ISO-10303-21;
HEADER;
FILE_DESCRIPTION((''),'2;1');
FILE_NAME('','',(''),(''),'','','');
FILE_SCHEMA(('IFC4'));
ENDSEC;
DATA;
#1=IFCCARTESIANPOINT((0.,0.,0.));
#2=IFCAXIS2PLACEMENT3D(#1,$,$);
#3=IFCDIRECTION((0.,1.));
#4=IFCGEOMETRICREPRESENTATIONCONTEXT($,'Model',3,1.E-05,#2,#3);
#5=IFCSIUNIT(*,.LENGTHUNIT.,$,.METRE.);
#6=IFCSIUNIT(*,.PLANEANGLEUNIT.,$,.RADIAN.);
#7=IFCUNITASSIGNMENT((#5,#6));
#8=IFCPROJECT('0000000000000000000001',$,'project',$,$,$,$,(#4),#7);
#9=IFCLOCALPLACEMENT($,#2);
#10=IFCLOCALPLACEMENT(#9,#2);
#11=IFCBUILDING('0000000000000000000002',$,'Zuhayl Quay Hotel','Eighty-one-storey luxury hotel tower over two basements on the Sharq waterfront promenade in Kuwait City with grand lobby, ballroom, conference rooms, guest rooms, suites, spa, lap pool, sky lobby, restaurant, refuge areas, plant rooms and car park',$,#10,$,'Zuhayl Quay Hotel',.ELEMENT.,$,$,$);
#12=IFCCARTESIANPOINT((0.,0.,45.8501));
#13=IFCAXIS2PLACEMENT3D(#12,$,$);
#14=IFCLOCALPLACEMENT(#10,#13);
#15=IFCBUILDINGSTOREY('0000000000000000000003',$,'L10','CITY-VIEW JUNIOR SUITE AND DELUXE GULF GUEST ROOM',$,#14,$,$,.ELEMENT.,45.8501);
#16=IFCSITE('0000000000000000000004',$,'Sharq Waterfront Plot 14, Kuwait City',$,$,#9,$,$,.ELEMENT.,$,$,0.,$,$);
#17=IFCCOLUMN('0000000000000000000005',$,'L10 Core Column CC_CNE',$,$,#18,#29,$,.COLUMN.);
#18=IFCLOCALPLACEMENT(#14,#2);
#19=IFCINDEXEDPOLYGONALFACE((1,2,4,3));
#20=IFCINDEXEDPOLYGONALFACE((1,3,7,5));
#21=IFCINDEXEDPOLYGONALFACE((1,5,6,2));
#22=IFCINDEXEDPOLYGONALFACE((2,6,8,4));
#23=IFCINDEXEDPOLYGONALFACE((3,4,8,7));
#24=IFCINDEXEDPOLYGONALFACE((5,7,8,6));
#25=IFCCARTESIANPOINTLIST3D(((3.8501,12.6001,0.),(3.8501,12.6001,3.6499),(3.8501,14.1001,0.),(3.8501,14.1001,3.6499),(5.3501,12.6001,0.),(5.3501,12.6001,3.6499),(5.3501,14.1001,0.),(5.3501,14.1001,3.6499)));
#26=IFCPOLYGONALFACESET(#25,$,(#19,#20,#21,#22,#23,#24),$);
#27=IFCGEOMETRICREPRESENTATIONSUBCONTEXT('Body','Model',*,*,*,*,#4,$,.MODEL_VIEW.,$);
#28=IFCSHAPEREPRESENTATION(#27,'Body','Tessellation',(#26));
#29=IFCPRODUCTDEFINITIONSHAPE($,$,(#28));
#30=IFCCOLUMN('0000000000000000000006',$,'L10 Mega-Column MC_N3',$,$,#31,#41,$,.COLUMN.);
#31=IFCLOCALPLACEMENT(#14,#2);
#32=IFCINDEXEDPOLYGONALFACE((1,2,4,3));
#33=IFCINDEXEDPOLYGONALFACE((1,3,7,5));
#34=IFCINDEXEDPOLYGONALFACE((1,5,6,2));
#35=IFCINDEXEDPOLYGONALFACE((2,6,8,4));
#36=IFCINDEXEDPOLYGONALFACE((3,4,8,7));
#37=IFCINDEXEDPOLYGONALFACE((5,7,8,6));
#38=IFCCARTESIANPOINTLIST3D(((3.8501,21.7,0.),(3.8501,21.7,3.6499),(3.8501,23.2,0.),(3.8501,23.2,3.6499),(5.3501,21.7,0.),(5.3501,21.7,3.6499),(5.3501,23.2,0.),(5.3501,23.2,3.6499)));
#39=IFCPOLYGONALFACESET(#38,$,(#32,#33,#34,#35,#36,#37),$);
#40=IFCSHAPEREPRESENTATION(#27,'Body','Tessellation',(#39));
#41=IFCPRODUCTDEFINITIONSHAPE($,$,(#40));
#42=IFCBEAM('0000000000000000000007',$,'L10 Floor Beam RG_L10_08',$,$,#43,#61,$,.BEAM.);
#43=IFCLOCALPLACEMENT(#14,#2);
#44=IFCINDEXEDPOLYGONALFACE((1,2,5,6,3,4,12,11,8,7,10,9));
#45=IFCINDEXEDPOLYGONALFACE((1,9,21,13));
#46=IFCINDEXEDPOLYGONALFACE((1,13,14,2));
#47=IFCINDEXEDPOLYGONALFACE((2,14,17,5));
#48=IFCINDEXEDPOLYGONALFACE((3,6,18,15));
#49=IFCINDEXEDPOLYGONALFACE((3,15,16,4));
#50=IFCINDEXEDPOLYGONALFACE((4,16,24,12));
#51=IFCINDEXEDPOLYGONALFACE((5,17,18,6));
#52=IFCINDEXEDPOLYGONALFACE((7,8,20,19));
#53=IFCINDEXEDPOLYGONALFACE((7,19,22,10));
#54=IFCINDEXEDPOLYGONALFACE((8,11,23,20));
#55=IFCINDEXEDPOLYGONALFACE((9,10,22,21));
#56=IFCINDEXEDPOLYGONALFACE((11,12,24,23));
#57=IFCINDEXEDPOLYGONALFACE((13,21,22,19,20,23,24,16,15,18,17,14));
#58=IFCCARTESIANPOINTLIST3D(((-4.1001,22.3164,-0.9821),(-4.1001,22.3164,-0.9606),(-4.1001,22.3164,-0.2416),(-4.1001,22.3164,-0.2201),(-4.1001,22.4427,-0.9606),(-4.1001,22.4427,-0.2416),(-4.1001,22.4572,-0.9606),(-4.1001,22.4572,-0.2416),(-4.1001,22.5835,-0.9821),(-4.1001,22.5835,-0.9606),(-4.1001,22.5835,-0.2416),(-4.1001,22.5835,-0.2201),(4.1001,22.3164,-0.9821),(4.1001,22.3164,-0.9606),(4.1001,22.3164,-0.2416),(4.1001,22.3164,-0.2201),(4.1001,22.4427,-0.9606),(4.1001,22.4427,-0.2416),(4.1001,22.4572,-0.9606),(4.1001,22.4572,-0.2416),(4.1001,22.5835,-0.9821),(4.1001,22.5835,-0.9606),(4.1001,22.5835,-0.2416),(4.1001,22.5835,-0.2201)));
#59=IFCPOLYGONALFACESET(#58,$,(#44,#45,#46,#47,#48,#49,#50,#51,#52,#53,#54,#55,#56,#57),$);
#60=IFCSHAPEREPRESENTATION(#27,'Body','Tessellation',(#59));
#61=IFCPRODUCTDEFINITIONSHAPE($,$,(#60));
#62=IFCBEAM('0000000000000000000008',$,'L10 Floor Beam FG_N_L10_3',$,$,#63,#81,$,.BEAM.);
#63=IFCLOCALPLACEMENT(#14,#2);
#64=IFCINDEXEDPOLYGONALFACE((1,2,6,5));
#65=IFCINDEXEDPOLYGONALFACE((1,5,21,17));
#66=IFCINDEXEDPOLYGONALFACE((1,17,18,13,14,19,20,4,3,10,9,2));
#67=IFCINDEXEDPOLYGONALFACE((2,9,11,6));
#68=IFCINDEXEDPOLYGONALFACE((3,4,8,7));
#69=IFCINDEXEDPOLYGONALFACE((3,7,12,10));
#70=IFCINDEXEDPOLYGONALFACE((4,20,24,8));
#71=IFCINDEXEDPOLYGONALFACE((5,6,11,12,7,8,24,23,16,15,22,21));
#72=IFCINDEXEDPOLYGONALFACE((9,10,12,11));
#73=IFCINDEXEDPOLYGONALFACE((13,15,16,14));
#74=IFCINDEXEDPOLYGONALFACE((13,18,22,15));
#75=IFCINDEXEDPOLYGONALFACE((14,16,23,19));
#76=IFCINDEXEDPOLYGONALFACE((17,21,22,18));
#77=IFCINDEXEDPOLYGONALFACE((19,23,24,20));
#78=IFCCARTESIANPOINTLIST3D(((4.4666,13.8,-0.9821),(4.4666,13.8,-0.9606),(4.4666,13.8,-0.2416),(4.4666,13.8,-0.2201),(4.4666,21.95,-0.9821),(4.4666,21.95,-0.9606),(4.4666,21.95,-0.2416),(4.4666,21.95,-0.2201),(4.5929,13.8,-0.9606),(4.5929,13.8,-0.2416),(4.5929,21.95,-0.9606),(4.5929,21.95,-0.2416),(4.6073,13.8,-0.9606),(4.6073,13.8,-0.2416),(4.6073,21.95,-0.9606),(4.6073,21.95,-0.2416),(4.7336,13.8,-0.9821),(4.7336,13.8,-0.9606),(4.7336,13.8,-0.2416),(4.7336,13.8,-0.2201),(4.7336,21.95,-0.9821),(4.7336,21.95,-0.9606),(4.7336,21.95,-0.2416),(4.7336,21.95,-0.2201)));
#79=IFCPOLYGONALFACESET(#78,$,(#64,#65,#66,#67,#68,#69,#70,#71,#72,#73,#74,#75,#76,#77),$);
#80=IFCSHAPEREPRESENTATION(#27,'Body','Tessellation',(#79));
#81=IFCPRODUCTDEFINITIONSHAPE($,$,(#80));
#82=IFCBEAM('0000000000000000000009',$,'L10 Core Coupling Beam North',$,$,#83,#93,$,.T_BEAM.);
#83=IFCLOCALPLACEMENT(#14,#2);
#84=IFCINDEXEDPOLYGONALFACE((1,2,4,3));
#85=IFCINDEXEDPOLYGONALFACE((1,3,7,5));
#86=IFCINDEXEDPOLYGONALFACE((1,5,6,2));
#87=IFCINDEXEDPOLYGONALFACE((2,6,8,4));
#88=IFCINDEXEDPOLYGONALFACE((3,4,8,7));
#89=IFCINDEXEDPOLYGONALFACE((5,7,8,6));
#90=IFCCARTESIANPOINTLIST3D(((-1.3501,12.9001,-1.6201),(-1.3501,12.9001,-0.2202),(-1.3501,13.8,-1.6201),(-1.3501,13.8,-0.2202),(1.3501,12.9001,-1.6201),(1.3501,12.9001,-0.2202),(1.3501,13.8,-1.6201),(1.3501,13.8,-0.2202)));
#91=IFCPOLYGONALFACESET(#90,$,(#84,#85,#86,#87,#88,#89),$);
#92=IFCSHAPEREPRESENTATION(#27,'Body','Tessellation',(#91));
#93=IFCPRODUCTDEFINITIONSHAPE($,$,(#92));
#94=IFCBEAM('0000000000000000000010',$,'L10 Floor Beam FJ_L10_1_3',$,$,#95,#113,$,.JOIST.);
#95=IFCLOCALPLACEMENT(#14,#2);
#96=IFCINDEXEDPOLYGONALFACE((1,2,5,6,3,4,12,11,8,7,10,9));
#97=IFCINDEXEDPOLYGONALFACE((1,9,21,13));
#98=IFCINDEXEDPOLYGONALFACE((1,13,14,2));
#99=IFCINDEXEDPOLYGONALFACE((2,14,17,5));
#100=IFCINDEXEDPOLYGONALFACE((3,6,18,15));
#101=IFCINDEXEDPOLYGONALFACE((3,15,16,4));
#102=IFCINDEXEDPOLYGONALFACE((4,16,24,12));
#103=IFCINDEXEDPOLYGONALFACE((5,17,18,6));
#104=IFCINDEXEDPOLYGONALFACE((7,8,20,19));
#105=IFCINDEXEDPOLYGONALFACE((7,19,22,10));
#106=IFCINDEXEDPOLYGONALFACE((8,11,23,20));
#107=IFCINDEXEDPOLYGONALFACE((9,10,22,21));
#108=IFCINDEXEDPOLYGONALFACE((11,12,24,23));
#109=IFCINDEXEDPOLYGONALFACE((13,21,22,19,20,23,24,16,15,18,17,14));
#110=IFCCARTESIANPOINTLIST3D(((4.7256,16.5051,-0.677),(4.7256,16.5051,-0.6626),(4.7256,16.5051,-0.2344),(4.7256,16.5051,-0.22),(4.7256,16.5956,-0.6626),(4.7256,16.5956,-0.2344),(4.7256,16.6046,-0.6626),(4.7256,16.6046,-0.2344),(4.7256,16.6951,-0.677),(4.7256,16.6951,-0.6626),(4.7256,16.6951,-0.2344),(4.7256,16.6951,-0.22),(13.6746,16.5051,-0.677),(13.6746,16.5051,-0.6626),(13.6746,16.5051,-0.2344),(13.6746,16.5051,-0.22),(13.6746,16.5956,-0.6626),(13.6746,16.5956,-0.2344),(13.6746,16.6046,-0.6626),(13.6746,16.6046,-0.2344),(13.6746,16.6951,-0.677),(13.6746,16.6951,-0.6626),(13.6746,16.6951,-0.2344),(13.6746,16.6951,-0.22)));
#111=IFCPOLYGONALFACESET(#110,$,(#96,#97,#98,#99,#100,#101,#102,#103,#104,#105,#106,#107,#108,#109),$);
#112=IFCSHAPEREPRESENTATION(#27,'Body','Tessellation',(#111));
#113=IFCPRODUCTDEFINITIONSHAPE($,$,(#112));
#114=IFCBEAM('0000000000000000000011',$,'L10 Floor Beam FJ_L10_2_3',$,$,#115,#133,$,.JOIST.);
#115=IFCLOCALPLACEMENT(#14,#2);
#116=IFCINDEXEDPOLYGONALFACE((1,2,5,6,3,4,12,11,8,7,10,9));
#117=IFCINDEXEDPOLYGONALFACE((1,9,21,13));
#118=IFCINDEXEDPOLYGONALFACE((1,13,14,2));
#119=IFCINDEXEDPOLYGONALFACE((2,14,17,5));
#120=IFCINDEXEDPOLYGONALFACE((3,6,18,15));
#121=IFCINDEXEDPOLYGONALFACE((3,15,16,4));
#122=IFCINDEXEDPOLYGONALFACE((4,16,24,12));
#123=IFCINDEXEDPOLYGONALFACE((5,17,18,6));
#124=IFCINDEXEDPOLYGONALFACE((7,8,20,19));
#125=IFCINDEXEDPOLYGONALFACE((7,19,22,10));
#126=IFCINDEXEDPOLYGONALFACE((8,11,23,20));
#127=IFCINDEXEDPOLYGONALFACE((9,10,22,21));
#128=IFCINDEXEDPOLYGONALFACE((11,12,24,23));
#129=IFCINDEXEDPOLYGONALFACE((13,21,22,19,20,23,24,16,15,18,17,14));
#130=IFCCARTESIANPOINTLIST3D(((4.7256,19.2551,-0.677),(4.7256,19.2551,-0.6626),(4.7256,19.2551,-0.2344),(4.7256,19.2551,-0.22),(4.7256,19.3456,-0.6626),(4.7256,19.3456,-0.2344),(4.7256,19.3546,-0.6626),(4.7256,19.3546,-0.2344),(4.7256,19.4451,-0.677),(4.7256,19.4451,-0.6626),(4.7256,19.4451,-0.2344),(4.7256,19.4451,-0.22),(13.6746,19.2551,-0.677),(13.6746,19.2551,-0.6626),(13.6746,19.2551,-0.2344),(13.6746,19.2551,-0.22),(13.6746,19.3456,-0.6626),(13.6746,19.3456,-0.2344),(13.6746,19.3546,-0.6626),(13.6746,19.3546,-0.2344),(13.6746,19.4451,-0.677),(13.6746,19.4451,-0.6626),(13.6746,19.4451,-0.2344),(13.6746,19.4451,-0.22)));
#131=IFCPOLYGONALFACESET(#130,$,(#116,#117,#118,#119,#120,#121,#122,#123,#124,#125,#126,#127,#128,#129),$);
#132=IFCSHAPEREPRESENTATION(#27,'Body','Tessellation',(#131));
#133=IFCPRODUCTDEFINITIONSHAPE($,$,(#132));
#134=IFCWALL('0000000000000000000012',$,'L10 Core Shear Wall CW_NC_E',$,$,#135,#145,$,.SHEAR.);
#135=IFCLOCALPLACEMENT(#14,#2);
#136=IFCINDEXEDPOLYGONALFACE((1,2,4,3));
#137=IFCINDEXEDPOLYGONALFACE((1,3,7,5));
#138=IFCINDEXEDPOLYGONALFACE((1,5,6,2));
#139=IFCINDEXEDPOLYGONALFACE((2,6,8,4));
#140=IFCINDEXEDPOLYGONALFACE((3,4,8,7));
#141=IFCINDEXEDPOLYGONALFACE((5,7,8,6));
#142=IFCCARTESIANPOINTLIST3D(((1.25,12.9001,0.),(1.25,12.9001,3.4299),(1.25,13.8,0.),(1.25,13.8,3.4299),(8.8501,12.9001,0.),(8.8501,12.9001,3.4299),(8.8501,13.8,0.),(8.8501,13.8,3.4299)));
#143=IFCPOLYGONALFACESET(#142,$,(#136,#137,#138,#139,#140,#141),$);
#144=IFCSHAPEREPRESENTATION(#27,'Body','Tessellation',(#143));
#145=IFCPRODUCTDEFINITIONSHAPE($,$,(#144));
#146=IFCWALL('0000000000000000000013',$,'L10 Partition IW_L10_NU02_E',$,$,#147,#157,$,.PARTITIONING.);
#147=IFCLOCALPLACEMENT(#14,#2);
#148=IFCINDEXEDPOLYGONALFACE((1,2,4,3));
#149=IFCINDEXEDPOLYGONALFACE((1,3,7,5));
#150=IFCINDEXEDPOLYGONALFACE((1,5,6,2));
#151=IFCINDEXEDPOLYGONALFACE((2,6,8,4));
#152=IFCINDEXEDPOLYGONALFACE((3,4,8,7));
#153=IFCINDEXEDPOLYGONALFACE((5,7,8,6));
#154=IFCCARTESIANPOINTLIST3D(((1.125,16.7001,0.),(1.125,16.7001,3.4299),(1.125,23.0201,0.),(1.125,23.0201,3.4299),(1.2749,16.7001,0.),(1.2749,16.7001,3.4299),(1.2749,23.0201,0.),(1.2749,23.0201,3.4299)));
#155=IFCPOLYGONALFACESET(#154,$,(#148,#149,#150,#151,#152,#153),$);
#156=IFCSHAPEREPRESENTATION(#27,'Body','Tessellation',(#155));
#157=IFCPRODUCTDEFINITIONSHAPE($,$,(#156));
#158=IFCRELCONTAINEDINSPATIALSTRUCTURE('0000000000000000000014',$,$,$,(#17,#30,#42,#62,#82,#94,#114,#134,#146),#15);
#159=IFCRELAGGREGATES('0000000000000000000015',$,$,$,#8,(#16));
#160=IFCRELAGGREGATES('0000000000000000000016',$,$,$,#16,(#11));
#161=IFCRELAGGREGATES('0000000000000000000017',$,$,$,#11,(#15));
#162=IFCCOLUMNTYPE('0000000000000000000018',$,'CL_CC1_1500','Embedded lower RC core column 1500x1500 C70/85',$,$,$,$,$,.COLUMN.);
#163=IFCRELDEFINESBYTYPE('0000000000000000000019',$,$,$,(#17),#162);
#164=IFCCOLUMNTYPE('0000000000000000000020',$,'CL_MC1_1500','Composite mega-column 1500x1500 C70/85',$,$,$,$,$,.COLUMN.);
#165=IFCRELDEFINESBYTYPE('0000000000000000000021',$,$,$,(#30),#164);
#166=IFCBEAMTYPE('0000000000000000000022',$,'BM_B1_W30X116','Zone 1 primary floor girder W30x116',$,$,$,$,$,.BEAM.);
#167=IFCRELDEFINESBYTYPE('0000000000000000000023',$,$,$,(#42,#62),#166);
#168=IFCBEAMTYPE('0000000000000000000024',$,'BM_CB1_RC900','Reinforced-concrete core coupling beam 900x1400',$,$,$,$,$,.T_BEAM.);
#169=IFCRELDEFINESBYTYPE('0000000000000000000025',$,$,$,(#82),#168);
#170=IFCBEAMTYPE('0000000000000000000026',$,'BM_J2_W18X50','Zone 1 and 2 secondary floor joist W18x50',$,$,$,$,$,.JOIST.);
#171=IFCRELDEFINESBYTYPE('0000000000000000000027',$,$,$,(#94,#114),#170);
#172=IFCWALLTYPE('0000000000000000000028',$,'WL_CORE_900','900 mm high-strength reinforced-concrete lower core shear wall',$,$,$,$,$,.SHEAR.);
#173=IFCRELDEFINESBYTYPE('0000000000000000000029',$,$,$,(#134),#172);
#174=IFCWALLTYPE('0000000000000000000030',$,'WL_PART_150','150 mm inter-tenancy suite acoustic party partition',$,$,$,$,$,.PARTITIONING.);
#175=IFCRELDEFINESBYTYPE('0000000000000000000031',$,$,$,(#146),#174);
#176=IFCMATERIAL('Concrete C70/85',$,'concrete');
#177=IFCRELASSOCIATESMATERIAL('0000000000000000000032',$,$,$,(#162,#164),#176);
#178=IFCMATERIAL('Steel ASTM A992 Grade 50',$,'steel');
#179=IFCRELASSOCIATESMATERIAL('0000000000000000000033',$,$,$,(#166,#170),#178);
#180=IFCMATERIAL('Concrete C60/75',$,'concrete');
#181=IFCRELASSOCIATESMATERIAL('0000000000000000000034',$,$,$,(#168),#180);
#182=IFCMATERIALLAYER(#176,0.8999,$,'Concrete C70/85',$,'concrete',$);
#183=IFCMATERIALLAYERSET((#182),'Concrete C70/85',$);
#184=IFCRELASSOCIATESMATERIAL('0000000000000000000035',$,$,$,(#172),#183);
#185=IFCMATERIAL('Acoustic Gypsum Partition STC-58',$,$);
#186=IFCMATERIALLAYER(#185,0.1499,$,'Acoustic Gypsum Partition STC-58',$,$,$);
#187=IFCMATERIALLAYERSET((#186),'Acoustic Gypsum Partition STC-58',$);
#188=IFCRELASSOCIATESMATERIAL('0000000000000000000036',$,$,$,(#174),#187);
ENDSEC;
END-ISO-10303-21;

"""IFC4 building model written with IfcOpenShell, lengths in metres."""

from ifc_helpers import new_model, si_unit, direction, frame, frame_2d, origin, origin_2d, place, context, subcontext, project, spatial, rectangle, i_section, extrude, material, layer, layer_set, material_profile, profile_set, type_object, element, save


model = new_model("IFC4")

# Units and contexts
model_context = context("Model", 3, precision=1e-05, world=origin(), true_north=direction((0.0, 1.0)))
body_context = subcontext(model_context, "Body", "Model", "MODEL_VIEW")
ifc_project = project(units=[si_unit("LENGTHUNIT", "METRE"), si_unit("PLANEANGLEUNIT", "RADIAN")], contexts=[model_context])

# Site, building, storey
site_placement = place(None, origin())
site = spatial("IfcSite", under=ifc_project, at=site_placement, Name="Sharq Waterfront Plot 14, Kuwait City", CompositionType="ELEMENT", RefElevation=0.0)
building_placement = place(site_placement, origin())
building = spatial("IfcBuilding", under=site, at=building_placement, Name="Zuhayl Quay Hotel", Description="Eighty-one-storey luxury hotel tower over two basements on the Sharq waterfront promenade in Kuwait City with grand lobby, ballroom, conference rooms, guest rooms, suites, spa, lap pool, sky lobby, restaurant, refuge areas, plant rooms and car park", LongName="Zuhayl Quay Hotel", CompositionType="ELEMENT")
storey_placement = place(building_placement, frame((0.0, 0.0, 45.8501)))
storey = spatial("IfcBuildingStorey", under=building, at=storey_placement, Name="L10", Description="CITY-VIEW JUNIOR SUITE AND DELUXE GULF GUEST ROOM", CompositionType="ELEMENT", Elevation=45.8501)

# Columns
ifc_material_1 = material(Name="Concrete C70/85", Category="concrete")
ifc_material_profile_1 = material_profile(ifc_material_1, rectangle(XDim=1.5, YDim=1.5, at=origin_2d()), Name="RC1500X1500")
ifc_profile_set_1 = profile_set([ifc_material_profile_1], Name="Concrete C70/85")
column_type_1 = type_object("IfcColumnType", Name="CL_CC1_1500", Description="Embedded lower RC core column 1500x1500 C70/85", PredefinedType="COLUMN", material=ifc_profile_set_1)
column_1_placement = place(storey_placement, frame((4.6001, 13.3501, 0.0), z_axis=(0.0, 0.0, 1.0), x_axis=(1.0, 0.0, 0.0)))
element("IfcColumn", 1, at=column_1_placement, inside=storey, type_object=column_type_1, Name="L10 Core Column CC_CNE", PredefinedType="COLUMN", context=body_context, shape_type="SweptSolid", body=[
    extrude(rectangle(XDim=1.5, YDim=1.5, at=origin_2d()), origin(), (0.0, 0.0, 1.0), 3.6499),
])
ifc_material_profile_2 = material_profile(ifc_material_1, rectangle(XDim=1.5, YDim=1.5, at=origin_2d()), Name="RC1500X1500")
ifc_profile_set_2 = profile_set([ifc_material_profile_2], Name="Concrete C70/85")
column_type_2 = type_object("IfcColumnType", Name="CL_MC1_1500", Description="Composite mega-column 1500x1500 C70/85", PredefinedType="COLUMN", material=ifc_profile_set_2)
column_2_placement = place(storey_placement, frame((4.6001, 22.45, 0.0), z_axis=(0.0, 0.0, 1.0), x_axis=(1.0, 0.0, 0.0)))
element("IfcColumn", 2, at=column_2_placement, inside=storey, type_object=column_type_2, Name="L10 Mega-Column MC_N3", PredefinedType="COLUMN", context=body_context, shape_type="SweptSolid", body=[
    extrude(rectangle(XDim=1.5, YDim=1.5, at=origin_2d()), origin(), (0.0, 0.0, 1.0), 3.6499),
])

# Beams
ifc_material_2 = material(Name="Steel ASTM A992 Grade 50", Category="steel")
ifc_material_profile_3 = material_profile(ifc_material_2, i_section(OverallWidth=0.2671, OverallDepth=0.762, WebThickness=0.0144, FlangeThickness=0.0215, at=origin_2d()), Name="W30X116")
ifc_profile_set_3 = profile_set([ifc_material_profile_3], Name="Steel ASTM A992 Grade 50")
beam_type_1 = type_object("IfcBeamType", Name="BM_B1_W30X116", Description="Zone 1 primary floor girder W30x116", PredefinedType="BEAM", material=ifc_profile_set_3)
beam_1_placement = place(storey_placement, frame((4.1001, 22.45, -0.6011), z_axis=(-1.0, 0.0, 0.0), x_axis=(0.0, -1.0, 0.0)))
element("IfcBeam", 3, at=beam_1_placement, inside=storey, type_object=beam_type_1, Name="L10 Floor Beam RG_L10_08", PredefinedType="BEAM", context=body_context, shape_type="SweptSolid", body=[
    extrude(i_section(OverallWidth=0.2671, OverallDepth=0.762, WebThickness=0.0144, FlangeThickness=0.0215, at=origin_2d()), origin(), (0.0, 0.0, 1.0), 8.2002),
])
beam_2_placement = place(storey_placement, frame((4.6001, 13.8, -0.6011), z_axis=(0.0, 1.0, 0.0), x_axis=(-1.0, 0.0, 0.0)))
element("IfcBeam", 4, at=beam_2_placement, inside=storey, type_object=beam_type_1, Name="L10 Floor Beam FG_N_L10_3", PredefinedType="BEAM", context=body_context, shape_type="SweptSolid", body=[
    extrude(i_section(OverallWidth=0.2671, OverallDepth=0.762, WebThickness=0.0144, FlangeThickness=0.0215, at=origin_2d()), origin(), (0.0, 0.0, 1.0), 8.1499),
])
ifc_material_3 = material(Name="Concrete C60/75", Category="concrete")
ifc_material_profile_4 = material_profile(ifc_material_3, rectangle(XDim=0.8999, YDim=1.3999, at=origin_2d()), Name="RC900X1400")
ifc_profile_set_4 = profile_set([ifc_material_profile_4], Name="Concrete C60/75")
beam_type_2 = type_object("IfcBeamType", Name="BM_CB1_RC900", Description="Reinforced-concrete core coupling beam 900x1400", PredefinedType="T_BEAM", material=ifc_profile_set_4)
beam_3_placement = place(storey_placement, frame((-1.3501, 13.3501, -0.9202), z_axis=(1.0, 0.0, 0.0), x_axis=(0.0, 1.0, 0.0)))
element("IfcBeam", 5, at=beam_3_placement, inside=storey, type_object=beam_type_2, Name="L10 Core Coupling Beam North", PredefinedType="T_BEAM", context=body_context, shape_type="SweptSolid", body=[
    extrude(rectangle(XDim=0.8999, YDim=1.3999, at=origin_2d()), origin(), (0.0, 0.0, 1.0), 2.7002),
])
ifc_material_profile_5 = material_profile(ifc_material_2, i_section(OverallWidth=0.1899, OverallDepth=0.457, WebThickness=0.009, FlangeThickness=0.0144, at=origin_2d()), Name="W18X50")
ifc_profile_set_5 = profile_set([ifc_material_profile_5], Name="Steel ASTM A992 Grade 50")
beam_type_3 = type_object("IfcBeamType", Name="BM_J2_W18X50", Description="Zone 1 and 2 secondary floor joist W18x50", PredefinedType="JOIST", material=ifc_profile_set_5)
for number, where, z_axis, x_axis, name in (
    (6, (4.7256, 16.6001, -0.4485), (1.0, 0.0, 0.0), (0.0, 1.0, 0.0), "L10 Floor Beam FJ_L10_1_3"),
    (7, (4.7256, 19.3501, -0.4485), (1.0, 0.0, 0.0), (0.0, 1.0, 0.0), "L10 Floor Beam FJ_L10_2_3"),
):
    element("IfcBeam", number, at=place(storey_placement, frame(where, z_axis=z_axis, x_axis=x_axis)), inside=storey, type_object=beam_type_3, Name=name, PredefinedType="JOIST", context=body_context, shape_type="SweptSolid", body=[
        extrude(i_section(OverallWidth=0.1899, OverallDepth=0.457, WebThickness=0.009, FlangeThickness=0.0144, at=origin_2d()), origin(), (0.0, 0.0, 1.0), 8.949),
    ])

# Walls
ifc_layer_1 = layer(ifc_material_1, 0.8999, Name="Concrete C70/85", Category="concrete")
ifc_layer_set_1 = layer_set([ifc_layer_1], Name="Concrete C70/85")
wall_type_1 = type_object("IfcWallType", Name="WL_CORE_900", Description="900 mm high-strength reinforced-concrete lower core shear wall", PredefinedType="SHEAR", material=ifc_layer_set_1)
wall_1_placement = place(storey_placement, frame((1.25, 13.3501, 0.0), z_axis=(0.0, 0.0, 1.0), x_axis=(1.0, 0.0, 0.0)))
element("IfcWall", 8, at=wall_1_placement, inside=storey, type_object=wall_type_1, Name="L10 Core Shear Wall CW_NC_E", PredefinedType="SHEAR", context=body_context, shape_type="SweptSolid", body=[
    extrude(rectangle(XDim=7.6001, YDim=0.8999, at=frame_2d((3.8, 0.0))), origin(), (0.0, 0.0, 1.0), 3.4299),
])
ifc_material_4 = material(Name="Acoustic Gypsum Partition STC-58")
ifc_layer_2 = layer(ifc_material_4, 0.1499, Name="Acoustic Gypsum Partition STC-58")
ifc_layer_set_2 = layer_set([ifc_layer_2], Name="Acoustic Gypsum Partition STC-58")
wall_type_2 = type_object("IfcWallType", Name="WL_PART_150", Description="150 mm inter-tenancy suite acoustic party partition", PredefinedType="PARTITIONING", material=ifc_layer_set_2)
wall_2_placement = place(storey_placement, frame((1.2, 16.7, 0.0), z_axis=(0.0, 0.0, 1.0), x_axis=(0.0, 1.0, 0.0)))
element("IfcWall", 9, at=wall_2_placement, inside=storey, type_object=wall_type_2, Name="L10 Partition IW_L10_NU02_E", PredefinedType="PARTITIONING", context=body_context, shape_type="SweptSolid", body=[
    extrude(rectangle(XDim=6.3201, YDim=0.1499, at=frame_2d((3.1602, 0.0))), origin(), (0.0, 0.0, 1.0), 3.4299),
])

save(model, "model.ifc")
